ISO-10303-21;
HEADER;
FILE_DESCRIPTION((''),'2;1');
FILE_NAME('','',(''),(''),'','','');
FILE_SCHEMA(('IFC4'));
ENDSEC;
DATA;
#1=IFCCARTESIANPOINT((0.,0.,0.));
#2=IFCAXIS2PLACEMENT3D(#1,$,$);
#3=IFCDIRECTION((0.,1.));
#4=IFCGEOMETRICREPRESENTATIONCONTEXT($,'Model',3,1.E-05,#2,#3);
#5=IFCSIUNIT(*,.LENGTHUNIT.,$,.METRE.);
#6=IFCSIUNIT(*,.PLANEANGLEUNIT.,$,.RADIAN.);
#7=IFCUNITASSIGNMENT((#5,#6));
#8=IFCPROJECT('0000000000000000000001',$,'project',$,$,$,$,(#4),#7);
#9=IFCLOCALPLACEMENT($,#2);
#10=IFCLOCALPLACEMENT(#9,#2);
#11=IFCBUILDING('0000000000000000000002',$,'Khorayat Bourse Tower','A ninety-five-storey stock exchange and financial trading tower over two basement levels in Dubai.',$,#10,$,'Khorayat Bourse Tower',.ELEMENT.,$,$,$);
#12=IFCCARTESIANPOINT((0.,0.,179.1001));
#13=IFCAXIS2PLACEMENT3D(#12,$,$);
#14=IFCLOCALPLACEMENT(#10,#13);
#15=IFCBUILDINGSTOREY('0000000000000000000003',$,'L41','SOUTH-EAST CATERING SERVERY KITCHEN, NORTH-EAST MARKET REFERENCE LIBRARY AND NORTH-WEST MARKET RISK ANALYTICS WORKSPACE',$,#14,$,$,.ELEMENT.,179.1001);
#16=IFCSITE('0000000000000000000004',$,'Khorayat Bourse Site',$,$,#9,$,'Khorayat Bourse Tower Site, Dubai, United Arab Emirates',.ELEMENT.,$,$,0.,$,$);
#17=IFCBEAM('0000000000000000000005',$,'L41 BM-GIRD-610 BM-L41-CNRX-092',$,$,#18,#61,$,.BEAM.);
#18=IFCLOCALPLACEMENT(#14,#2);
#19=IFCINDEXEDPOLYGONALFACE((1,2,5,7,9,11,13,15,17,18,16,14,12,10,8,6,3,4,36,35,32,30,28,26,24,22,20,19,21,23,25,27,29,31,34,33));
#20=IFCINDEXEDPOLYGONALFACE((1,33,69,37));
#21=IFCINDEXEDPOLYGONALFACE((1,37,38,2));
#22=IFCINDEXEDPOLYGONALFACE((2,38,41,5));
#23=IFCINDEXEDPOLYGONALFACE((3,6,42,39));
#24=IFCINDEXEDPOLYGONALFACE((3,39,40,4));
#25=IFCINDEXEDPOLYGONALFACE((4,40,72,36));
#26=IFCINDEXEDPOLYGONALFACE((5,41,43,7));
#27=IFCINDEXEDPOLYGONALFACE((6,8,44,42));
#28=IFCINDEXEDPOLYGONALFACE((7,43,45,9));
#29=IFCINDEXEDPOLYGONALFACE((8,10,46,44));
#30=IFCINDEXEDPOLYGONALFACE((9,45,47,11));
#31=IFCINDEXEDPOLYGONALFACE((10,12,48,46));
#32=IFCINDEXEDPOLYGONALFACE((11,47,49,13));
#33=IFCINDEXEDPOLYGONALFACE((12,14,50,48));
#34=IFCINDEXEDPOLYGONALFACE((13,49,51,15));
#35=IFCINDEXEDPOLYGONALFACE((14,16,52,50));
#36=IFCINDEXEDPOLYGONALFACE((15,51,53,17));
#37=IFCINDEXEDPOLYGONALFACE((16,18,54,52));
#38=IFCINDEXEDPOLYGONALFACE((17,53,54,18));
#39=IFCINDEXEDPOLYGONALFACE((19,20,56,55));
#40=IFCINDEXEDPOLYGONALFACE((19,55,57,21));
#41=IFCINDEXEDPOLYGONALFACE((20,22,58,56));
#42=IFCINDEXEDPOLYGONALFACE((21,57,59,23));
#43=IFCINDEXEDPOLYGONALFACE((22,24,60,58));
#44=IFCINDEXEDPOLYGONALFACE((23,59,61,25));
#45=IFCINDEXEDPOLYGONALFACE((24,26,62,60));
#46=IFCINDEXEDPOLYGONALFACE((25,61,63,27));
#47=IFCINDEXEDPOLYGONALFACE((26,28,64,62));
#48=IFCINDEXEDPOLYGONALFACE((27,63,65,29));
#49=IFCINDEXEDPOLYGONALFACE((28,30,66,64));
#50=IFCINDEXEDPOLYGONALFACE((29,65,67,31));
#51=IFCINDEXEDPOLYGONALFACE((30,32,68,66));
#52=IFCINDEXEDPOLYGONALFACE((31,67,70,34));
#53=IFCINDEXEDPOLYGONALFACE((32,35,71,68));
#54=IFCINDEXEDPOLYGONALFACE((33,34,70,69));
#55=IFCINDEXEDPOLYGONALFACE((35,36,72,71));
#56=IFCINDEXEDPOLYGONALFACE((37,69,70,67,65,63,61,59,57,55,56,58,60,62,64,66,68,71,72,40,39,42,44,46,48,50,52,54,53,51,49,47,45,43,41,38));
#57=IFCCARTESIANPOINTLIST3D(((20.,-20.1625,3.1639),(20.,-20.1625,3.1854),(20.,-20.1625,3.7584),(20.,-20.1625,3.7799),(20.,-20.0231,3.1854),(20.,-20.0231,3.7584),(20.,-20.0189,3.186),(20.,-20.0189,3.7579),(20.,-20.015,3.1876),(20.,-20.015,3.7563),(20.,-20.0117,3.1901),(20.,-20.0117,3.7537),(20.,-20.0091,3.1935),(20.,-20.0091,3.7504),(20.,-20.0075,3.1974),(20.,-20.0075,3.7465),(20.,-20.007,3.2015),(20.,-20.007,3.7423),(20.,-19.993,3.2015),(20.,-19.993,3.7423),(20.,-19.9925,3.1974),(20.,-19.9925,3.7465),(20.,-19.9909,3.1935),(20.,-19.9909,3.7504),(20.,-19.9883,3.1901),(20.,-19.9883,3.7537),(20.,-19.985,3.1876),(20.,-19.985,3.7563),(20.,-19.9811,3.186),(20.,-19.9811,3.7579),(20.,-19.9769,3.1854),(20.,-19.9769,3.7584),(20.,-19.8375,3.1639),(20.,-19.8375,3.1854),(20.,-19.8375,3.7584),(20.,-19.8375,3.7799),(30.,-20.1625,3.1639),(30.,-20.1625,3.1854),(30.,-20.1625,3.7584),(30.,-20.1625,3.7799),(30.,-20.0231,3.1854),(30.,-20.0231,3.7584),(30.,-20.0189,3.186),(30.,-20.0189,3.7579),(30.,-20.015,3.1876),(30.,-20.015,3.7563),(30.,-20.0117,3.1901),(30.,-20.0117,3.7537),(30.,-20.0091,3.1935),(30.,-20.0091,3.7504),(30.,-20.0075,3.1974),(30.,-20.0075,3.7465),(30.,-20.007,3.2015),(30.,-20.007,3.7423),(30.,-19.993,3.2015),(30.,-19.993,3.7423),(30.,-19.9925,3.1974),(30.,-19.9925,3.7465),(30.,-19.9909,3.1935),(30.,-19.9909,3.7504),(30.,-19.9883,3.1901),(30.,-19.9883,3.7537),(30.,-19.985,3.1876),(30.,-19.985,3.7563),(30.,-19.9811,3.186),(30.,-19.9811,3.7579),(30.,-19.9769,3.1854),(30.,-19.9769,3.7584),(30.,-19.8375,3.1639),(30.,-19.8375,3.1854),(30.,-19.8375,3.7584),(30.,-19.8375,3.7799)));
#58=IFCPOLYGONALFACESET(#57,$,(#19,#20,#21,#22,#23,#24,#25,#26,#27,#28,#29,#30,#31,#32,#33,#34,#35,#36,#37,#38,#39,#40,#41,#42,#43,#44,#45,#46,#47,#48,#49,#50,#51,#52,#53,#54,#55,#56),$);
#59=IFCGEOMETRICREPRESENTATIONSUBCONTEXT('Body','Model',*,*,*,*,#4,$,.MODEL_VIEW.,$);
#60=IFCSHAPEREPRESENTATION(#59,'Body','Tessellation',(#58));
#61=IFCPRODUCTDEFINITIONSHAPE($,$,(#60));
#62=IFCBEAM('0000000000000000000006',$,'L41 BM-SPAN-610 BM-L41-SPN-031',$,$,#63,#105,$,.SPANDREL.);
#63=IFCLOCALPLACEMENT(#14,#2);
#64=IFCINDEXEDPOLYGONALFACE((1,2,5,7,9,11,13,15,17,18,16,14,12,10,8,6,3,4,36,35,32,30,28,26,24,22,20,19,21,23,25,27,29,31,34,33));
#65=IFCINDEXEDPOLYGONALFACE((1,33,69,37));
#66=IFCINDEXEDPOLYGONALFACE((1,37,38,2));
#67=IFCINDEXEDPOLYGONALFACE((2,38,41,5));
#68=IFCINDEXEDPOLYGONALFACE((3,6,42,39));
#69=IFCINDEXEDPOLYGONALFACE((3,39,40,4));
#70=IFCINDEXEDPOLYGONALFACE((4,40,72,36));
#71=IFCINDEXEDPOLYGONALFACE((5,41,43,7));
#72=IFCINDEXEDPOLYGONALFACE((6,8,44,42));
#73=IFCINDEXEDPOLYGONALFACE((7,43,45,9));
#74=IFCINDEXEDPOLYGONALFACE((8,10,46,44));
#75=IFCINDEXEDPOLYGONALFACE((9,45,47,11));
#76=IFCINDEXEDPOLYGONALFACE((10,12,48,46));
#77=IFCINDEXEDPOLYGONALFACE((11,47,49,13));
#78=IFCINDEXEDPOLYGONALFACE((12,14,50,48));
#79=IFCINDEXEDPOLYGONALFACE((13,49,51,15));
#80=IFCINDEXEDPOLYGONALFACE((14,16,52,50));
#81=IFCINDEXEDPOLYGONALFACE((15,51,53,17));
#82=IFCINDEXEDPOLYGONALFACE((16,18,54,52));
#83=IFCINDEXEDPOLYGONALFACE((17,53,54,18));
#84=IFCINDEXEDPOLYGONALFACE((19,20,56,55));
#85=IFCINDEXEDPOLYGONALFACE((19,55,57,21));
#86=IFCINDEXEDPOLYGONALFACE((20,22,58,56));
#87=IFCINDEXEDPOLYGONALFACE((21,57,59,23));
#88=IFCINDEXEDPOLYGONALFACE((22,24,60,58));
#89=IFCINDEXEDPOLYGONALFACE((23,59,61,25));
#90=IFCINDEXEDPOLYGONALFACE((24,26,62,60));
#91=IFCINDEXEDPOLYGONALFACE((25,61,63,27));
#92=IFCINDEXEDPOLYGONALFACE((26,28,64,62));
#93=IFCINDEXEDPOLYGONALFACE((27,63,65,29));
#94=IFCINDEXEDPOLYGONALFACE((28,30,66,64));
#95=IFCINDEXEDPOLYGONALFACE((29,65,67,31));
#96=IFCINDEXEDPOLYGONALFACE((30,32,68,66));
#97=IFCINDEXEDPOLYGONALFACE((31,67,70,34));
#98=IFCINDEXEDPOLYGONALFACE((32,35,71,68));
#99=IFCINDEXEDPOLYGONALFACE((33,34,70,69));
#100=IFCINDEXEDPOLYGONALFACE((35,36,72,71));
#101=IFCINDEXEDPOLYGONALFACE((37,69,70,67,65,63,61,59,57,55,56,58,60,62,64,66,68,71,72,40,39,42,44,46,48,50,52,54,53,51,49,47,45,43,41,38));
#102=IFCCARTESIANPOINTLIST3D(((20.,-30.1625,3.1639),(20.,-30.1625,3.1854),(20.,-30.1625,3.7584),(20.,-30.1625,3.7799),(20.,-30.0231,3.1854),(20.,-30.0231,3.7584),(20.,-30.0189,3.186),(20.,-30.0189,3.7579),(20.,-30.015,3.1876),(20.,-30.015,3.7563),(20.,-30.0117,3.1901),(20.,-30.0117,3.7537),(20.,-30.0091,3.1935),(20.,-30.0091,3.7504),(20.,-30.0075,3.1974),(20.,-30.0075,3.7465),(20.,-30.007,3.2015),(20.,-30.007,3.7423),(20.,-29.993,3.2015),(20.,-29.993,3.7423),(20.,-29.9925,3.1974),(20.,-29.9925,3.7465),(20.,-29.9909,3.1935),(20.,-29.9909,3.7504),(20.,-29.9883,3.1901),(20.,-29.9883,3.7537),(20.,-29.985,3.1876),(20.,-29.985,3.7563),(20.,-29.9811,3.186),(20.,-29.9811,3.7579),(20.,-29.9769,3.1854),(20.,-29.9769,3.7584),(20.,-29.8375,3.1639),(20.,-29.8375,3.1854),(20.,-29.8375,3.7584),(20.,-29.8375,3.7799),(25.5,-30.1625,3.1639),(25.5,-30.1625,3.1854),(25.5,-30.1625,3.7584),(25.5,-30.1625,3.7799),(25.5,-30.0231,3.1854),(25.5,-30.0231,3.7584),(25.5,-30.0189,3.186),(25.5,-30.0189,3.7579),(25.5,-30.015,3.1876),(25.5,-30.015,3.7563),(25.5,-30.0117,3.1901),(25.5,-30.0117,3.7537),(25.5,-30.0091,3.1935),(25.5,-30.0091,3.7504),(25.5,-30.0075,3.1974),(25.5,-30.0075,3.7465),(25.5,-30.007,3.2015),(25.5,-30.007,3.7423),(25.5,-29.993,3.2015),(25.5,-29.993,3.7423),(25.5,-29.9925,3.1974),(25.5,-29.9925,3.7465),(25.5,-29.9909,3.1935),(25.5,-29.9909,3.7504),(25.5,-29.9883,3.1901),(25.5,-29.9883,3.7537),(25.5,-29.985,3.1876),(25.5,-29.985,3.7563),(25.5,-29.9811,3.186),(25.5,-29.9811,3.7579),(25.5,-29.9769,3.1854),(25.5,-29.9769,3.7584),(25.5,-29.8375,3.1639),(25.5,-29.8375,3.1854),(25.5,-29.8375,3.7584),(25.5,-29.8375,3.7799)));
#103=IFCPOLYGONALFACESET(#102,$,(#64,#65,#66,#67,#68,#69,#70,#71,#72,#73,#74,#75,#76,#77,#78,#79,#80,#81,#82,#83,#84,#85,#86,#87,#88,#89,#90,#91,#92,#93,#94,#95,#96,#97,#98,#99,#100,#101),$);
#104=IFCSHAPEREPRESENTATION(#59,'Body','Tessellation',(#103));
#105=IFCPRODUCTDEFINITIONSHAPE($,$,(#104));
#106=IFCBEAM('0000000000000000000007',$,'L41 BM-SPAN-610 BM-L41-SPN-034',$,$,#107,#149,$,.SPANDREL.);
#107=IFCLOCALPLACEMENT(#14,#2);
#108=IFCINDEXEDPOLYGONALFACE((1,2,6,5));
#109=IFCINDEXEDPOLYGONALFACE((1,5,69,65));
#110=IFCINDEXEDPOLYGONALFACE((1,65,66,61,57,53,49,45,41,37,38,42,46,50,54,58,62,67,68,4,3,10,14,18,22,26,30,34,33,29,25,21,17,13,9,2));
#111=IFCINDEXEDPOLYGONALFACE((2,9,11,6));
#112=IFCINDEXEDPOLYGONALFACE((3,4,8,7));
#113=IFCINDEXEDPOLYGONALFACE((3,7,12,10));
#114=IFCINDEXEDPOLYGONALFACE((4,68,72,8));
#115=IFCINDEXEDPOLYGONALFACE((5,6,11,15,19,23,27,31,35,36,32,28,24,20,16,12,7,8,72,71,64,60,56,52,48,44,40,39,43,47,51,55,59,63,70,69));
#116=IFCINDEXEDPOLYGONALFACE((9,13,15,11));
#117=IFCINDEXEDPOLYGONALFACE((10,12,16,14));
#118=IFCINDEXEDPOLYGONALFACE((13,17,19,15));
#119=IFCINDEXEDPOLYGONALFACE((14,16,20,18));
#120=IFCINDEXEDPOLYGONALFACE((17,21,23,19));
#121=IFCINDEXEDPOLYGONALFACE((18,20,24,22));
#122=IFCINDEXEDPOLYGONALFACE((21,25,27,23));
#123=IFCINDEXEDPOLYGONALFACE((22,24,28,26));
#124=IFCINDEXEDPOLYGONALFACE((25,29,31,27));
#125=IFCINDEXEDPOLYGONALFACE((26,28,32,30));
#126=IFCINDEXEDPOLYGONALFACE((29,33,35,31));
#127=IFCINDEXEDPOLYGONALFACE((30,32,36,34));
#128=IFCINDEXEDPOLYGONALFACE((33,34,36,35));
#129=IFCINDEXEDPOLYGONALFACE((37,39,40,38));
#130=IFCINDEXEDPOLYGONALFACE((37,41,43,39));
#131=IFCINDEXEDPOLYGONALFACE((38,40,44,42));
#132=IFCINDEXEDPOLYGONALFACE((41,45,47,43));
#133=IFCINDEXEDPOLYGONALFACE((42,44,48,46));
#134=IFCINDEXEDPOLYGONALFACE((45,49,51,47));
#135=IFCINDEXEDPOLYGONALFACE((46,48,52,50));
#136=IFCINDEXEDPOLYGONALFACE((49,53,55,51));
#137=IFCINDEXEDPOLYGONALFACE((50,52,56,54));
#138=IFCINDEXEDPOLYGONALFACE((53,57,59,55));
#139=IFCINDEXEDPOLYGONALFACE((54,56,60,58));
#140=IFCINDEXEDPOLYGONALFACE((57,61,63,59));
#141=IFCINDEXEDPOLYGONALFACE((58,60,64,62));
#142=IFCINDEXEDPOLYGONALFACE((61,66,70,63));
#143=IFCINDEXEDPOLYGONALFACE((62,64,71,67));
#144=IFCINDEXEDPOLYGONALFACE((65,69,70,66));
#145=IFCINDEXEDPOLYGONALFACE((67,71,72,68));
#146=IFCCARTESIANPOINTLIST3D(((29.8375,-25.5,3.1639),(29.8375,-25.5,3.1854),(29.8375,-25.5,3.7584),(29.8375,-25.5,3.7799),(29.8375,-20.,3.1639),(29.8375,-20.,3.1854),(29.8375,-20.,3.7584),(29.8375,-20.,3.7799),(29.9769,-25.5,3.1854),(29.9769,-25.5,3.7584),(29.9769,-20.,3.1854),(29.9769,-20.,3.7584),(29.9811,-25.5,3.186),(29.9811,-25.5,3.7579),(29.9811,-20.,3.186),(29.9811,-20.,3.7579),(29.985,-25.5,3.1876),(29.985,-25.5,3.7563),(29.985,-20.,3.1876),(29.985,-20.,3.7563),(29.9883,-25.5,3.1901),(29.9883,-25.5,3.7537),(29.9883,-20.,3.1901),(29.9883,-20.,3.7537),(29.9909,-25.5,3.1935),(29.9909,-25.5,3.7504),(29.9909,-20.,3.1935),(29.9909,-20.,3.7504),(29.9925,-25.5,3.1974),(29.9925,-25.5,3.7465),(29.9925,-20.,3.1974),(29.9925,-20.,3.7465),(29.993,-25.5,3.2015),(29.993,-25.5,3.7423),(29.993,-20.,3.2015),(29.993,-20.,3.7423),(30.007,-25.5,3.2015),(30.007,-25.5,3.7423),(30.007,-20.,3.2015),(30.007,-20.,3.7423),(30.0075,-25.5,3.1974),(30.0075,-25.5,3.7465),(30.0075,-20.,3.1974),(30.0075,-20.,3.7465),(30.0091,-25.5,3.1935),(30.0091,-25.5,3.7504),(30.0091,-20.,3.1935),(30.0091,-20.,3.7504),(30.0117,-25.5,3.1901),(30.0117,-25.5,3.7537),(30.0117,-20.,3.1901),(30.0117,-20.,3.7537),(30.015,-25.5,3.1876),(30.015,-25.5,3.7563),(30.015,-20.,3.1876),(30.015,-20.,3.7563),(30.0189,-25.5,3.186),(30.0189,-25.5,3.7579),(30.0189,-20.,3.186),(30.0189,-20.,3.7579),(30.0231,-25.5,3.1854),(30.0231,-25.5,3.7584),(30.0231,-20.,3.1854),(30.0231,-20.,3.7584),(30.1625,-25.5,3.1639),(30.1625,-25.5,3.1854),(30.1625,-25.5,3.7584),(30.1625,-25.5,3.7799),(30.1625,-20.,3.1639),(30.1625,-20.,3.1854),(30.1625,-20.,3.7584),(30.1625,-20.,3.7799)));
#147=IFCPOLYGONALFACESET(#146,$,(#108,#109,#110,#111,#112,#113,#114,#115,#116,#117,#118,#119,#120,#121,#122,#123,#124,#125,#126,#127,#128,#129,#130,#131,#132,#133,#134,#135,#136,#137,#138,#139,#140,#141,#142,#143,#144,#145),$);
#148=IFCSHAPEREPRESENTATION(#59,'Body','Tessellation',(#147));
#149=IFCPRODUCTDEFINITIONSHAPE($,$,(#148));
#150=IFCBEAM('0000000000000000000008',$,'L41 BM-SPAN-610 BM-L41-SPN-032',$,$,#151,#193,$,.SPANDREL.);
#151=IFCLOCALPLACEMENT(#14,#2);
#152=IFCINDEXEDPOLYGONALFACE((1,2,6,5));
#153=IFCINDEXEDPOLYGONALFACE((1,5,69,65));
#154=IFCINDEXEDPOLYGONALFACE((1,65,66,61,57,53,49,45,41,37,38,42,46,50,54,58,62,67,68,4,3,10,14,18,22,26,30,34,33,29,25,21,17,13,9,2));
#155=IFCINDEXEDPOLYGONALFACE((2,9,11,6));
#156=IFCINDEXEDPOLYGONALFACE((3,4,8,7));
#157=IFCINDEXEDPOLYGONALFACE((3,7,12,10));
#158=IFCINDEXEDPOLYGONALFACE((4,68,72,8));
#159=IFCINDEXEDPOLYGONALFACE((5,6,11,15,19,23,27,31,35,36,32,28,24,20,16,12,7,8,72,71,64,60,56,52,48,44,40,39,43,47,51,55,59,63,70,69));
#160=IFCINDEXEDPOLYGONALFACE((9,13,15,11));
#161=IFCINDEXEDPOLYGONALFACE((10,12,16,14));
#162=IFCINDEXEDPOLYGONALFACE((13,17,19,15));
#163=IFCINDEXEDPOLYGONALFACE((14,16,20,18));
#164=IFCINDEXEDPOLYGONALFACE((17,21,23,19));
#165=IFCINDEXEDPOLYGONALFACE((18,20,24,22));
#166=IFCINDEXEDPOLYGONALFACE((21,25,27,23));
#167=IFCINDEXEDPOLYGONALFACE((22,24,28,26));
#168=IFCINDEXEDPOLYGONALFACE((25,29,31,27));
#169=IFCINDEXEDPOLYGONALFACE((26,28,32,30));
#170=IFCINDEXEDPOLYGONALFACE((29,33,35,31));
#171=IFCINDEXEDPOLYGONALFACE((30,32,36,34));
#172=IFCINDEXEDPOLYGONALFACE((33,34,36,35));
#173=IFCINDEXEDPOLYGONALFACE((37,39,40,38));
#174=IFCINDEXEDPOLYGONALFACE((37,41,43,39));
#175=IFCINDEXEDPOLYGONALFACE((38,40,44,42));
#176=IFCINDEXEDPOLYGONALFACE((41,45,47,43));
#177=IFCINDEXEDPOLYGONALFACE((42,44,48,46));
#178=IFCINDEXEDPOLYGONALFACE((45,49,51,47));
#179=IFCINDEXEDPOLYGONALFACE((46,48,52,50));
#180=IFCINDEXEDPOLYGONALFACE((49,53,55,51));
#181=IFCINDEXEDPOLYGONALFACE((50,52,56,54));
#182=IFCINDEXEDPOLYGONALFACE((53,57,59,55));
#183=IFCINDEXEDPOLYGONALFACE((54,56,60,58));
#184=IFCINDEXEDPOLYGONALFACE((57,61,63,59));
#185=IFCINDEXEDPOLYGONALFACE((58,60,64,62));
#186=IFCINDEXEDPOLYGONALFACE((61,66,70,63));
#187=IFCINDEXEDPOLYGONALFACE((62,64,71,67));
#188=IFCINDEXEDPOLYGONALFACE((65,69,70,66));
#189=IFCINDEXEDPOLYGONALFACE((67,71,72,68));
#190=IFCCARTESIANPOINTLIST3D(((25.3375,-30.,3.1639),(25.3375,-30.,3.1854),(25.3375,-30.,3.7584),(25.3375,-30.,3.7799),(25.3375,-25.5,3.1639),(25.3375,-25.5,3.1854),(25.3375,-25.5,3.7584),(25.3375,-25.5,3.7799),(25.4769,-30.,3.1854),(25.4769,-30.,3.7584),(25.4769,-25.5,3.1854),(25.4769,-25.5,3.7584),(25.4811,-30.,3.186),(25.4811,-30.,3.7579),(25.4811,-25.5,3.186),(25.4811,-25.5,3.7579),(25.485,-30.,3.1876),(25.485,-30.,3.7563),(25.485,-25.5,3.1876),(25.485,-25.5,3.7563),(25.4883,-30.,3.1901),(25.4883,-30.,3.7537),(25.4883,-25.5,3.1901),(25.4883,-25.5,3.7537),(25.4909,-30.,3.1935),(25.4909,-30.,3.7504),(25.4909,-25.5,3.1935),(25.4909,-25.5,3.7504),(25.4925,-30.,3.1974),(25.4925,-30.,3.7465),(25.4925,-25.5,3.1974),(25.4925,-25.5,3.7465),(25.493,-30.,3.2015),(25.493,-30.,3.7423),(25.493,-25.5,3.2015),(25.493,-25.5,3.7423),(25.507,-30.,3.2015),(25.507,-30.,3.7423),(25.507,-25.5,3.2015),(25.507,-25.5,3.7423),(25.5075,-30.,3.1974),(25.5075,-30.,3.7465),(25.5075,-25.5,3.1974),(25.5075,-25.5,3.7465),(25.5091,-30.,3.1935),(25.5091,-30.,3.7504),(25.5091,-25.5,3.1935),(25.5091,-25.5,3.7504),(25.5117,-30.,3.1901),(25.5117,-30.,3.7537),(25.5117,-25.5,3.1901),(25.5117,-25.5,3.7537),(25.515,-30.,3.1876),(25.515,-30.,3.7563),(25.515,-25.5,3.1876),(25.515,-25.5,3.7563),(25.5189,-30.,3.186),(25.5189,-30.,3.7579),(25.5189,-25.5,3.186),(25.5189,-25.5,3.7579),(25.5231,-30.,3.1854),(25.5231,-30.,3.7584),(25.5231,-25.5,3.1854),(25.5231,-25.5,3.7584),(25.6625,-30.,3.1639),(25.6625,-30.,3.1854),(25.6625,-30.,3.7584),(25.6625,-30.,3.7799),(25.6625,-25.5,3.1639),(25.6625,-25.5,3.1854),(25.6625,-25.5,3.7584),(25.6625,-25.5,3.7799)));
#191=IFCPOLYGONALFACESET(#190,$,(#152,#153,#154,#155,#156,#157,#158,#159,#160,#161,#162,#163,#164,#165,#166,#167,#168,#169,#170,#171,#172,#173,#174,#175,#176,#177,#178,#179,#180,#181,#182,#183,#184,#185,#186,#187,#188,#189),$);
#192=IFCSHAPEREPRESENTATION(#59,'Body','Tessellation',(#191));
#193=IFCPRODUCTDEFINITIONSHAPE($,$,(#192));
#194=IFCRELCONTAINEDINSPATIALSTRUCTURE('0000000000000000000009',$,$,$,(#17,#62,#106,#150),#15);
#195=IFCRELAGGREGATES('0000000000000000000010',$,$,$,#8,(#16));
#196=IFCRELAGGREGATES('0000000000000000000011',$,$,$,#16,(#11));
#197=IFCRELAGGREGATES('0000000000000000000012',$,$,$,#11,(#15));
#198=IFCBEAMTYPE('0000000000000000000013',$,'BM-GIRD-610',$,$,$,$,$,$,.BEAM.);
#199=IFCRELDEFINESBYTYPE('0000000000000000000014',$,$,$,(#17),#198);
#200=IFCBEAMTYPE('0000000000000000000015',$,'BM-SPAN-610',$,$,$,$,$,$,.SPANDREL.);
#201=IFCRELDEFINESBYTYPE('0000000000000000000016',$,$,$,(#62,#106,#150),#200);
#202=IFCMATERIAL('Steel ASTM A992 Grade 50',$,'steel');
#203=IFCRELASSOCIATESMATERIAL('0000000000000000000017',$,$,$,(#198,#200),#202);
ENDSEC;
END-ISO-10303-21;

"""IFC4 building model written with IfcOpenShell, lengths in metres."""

from ifc_helpers import new_model, si_unit, direction, frame, origin, origin_2d, place, context, subcontext, project, spatial, i_section, extrude, source, transform, mapped, material, material_profile, profile_set, type_object, element, save


model = new_model("IFC4")

# Units and contexts
model_context = context("Model", 3, precision=1e-05, world=origin(), true_north=direction((0.0, 1.0)))
body_context = subcontext(model_context, "Body", "Model", "MODEL_VIEW")
ifc_project = project(units=[si_unit("LENGTHUNIT", "METRE"), si_unit("PLANEANGLEUNIT", "RADIAN")], contexts=[model_context])

# Site, building, storey
site_placement = place(None, origin())
site = spatial("IfcSite", under=ifc_project, at=site_placement, Name="Khorayat Bourse Site", LongName="Khorayat Bourse Tower Site, Dubai, United Arab Emirates", CompositionType="ELEMENT", RefElevation=0.0)
building_placement = place(site_placement, origin())
building = spatial("IfcBuilding", under=site, at=building_placement, Name="Khorayat Bourse Tower", Description="A ninety-five-storey stock exchange and financial trading tower over two basement levels in Dubai.", LongName="Khorayat Bourse Tower", CompositionType="ELEMENT")
storey_placement = place(building_placement, frame((0.0, 0.0, 179.1001)))
storey = spatial("IfcBuildingStorey", under=building, at=storey_placement, Name="L41", Description="SOUTH-EAST CATERING SERVERY KITCHEN, NORTH-EAST MARKET REFERENCE LIBRARY AND NORTH-WEST MARKET RISK ANALYTICS WORKSPACE", CompositionType="ELEMENT", Elevation=179.1001)

# Beams
ifc_material_1 = material(Name="Steel ASTM A992 Grade 50", Category="steel")
ifc_material_profile_1 = material_profile(ifc_material_1, i_section(OverallWidth=0.325, OverallDepth=0.616, WebThickness=0.0139, FlangeThickness=0.0215, FilletRadius=0.0161, at=origin_2d()), Name="W610X174")
ifc_profile_set_1 = profile_set([ifc_material_profile_1], Name="Steel ASTM A992 Grade 50")
beam_type_1 = type_object("IfcBeamType", Name="BM-GIRD-610", PredefinedType="BEAM", material=ifc_profile_set_1)
shared_shape_1 = source(origin(), body_context, "Body", "SweptSolid", [
    extrude(i_section(OverallWidth=0.325, OverallDepth=0.616, WebThickness=0.0139, FlangeThickness=0.0215, FilletRadius=0.0161, at=origin_2d()), origin(), (0.0, 0.0, 1.0), 10.0),
])
beam_1_placement = place(storey_placement, frame((20.0, -20.0, 3.4719), z_axis=(1.0, 0.0, 0.0), x_axis=(0.0, 1.0, 0.0)))
element("IfcBeam", 1, at=beam_1_placement, inside=storey, type_object=beam_type_1, Name="L41 BM-GIRD-610 BM-L41-CNRX-092", PredefinedType="BEAM", context=body_context, shape_type="MappedRepresentation", body=[
    mapped(shared_shape_1, transform((0.0, 0.0, 0.0), scale=1.0)),
])
ifc_material_profile_2 = material_profile(ifc_material_1, i_section(OverallWidth=0.325, OverallDepth=0.616, WebThickness=0.0139, FlangeThickness=0.0215, FilletRadius=0.0161, at=origin_2d()), Name="W610X174")
ifc_profile_set_2 = profile_set([ifc_material_profile_2], Name="Steel ASTM A992 Grade 50")
beam_type_2 = type_object("IfcBeamType", Name="BM-SPAN-610", PredefinedType="SPANDREL", material=ifc_profile_set_2)
shared_shape_2 = source(origin(), body_context, "Body", "SweptSolid", [
    extrude(i_section(OverallWidth=0.325, OverallDepth=0.616, WebThickness=0.0139, FlangeThickness=0.0215, FilletRadius=0.0161, at=origin_2d()), origin(), (0.0, 0.0, 1.0), 5.5),
])
for number, where, z_axis, x_axis, name in (
    (2, (20.0, -30.0, 3.4719), (1.0, 0.0, 0.0), (0.0, 1.0, 0.0), "L41 BM-SPAN-610 BM-L41-SPN-031"),
    (3, (30.0, -25.5, 3.4719), (0.0, 1.0, 0.0), (-1.0, 0.0, 0.0), "L41 BM-SPAN-610 BM-L41-SPN-034"),
):
    element("IfcBeam", number, at=place(storey_placement, frame(where, z_axis=z_axis, x_axis=x_axis)), inside=storey, type_object=beam_type_2, Name=name, PredefinedType="SPANDREL", context=body_context, shape_type="MappedRepresentation", body=[
        mapped(shared_shape_2, transform((0.0, 0.0, 0.0), scale=1.0)),
    ])
shared_shape_3 = source(origin(), body_context, "Body", "SweptSolid", [
    extrude(i_section(OverallWidth=0.325, OverallDepth=0.616, WebThickness=0.0139, FlangeThickness=0.0215, FilletRadius=0.0161, at=origin_2d()), origin(), (0.0, 0.0, 1.0), 4.5),
])
for number, where, z_axis, x_axis, name in (
    (4, (25.5, -30.0, 3.4719), (0.0, 1.0, 0.0), (-1.0, 0.0, 0.0), "L41 BM-SPAN-610 BM-L41-SPN-032"),
):
    element("IfcBeam", number, at=place(storey_placement, frame(where, z_axis=z_axis, x_axis=x_axis)), inside=storey, type_object=beam_type_2, Name=name, PredefinedType="SPANDREL", context=body_context, shape_type="MappedRepresentation", body=[
        mapped(shared_shape_3, transform((0.0, 0.0, 0.0), scale=1.0)),
    ])

save(model, "model.ifc")
